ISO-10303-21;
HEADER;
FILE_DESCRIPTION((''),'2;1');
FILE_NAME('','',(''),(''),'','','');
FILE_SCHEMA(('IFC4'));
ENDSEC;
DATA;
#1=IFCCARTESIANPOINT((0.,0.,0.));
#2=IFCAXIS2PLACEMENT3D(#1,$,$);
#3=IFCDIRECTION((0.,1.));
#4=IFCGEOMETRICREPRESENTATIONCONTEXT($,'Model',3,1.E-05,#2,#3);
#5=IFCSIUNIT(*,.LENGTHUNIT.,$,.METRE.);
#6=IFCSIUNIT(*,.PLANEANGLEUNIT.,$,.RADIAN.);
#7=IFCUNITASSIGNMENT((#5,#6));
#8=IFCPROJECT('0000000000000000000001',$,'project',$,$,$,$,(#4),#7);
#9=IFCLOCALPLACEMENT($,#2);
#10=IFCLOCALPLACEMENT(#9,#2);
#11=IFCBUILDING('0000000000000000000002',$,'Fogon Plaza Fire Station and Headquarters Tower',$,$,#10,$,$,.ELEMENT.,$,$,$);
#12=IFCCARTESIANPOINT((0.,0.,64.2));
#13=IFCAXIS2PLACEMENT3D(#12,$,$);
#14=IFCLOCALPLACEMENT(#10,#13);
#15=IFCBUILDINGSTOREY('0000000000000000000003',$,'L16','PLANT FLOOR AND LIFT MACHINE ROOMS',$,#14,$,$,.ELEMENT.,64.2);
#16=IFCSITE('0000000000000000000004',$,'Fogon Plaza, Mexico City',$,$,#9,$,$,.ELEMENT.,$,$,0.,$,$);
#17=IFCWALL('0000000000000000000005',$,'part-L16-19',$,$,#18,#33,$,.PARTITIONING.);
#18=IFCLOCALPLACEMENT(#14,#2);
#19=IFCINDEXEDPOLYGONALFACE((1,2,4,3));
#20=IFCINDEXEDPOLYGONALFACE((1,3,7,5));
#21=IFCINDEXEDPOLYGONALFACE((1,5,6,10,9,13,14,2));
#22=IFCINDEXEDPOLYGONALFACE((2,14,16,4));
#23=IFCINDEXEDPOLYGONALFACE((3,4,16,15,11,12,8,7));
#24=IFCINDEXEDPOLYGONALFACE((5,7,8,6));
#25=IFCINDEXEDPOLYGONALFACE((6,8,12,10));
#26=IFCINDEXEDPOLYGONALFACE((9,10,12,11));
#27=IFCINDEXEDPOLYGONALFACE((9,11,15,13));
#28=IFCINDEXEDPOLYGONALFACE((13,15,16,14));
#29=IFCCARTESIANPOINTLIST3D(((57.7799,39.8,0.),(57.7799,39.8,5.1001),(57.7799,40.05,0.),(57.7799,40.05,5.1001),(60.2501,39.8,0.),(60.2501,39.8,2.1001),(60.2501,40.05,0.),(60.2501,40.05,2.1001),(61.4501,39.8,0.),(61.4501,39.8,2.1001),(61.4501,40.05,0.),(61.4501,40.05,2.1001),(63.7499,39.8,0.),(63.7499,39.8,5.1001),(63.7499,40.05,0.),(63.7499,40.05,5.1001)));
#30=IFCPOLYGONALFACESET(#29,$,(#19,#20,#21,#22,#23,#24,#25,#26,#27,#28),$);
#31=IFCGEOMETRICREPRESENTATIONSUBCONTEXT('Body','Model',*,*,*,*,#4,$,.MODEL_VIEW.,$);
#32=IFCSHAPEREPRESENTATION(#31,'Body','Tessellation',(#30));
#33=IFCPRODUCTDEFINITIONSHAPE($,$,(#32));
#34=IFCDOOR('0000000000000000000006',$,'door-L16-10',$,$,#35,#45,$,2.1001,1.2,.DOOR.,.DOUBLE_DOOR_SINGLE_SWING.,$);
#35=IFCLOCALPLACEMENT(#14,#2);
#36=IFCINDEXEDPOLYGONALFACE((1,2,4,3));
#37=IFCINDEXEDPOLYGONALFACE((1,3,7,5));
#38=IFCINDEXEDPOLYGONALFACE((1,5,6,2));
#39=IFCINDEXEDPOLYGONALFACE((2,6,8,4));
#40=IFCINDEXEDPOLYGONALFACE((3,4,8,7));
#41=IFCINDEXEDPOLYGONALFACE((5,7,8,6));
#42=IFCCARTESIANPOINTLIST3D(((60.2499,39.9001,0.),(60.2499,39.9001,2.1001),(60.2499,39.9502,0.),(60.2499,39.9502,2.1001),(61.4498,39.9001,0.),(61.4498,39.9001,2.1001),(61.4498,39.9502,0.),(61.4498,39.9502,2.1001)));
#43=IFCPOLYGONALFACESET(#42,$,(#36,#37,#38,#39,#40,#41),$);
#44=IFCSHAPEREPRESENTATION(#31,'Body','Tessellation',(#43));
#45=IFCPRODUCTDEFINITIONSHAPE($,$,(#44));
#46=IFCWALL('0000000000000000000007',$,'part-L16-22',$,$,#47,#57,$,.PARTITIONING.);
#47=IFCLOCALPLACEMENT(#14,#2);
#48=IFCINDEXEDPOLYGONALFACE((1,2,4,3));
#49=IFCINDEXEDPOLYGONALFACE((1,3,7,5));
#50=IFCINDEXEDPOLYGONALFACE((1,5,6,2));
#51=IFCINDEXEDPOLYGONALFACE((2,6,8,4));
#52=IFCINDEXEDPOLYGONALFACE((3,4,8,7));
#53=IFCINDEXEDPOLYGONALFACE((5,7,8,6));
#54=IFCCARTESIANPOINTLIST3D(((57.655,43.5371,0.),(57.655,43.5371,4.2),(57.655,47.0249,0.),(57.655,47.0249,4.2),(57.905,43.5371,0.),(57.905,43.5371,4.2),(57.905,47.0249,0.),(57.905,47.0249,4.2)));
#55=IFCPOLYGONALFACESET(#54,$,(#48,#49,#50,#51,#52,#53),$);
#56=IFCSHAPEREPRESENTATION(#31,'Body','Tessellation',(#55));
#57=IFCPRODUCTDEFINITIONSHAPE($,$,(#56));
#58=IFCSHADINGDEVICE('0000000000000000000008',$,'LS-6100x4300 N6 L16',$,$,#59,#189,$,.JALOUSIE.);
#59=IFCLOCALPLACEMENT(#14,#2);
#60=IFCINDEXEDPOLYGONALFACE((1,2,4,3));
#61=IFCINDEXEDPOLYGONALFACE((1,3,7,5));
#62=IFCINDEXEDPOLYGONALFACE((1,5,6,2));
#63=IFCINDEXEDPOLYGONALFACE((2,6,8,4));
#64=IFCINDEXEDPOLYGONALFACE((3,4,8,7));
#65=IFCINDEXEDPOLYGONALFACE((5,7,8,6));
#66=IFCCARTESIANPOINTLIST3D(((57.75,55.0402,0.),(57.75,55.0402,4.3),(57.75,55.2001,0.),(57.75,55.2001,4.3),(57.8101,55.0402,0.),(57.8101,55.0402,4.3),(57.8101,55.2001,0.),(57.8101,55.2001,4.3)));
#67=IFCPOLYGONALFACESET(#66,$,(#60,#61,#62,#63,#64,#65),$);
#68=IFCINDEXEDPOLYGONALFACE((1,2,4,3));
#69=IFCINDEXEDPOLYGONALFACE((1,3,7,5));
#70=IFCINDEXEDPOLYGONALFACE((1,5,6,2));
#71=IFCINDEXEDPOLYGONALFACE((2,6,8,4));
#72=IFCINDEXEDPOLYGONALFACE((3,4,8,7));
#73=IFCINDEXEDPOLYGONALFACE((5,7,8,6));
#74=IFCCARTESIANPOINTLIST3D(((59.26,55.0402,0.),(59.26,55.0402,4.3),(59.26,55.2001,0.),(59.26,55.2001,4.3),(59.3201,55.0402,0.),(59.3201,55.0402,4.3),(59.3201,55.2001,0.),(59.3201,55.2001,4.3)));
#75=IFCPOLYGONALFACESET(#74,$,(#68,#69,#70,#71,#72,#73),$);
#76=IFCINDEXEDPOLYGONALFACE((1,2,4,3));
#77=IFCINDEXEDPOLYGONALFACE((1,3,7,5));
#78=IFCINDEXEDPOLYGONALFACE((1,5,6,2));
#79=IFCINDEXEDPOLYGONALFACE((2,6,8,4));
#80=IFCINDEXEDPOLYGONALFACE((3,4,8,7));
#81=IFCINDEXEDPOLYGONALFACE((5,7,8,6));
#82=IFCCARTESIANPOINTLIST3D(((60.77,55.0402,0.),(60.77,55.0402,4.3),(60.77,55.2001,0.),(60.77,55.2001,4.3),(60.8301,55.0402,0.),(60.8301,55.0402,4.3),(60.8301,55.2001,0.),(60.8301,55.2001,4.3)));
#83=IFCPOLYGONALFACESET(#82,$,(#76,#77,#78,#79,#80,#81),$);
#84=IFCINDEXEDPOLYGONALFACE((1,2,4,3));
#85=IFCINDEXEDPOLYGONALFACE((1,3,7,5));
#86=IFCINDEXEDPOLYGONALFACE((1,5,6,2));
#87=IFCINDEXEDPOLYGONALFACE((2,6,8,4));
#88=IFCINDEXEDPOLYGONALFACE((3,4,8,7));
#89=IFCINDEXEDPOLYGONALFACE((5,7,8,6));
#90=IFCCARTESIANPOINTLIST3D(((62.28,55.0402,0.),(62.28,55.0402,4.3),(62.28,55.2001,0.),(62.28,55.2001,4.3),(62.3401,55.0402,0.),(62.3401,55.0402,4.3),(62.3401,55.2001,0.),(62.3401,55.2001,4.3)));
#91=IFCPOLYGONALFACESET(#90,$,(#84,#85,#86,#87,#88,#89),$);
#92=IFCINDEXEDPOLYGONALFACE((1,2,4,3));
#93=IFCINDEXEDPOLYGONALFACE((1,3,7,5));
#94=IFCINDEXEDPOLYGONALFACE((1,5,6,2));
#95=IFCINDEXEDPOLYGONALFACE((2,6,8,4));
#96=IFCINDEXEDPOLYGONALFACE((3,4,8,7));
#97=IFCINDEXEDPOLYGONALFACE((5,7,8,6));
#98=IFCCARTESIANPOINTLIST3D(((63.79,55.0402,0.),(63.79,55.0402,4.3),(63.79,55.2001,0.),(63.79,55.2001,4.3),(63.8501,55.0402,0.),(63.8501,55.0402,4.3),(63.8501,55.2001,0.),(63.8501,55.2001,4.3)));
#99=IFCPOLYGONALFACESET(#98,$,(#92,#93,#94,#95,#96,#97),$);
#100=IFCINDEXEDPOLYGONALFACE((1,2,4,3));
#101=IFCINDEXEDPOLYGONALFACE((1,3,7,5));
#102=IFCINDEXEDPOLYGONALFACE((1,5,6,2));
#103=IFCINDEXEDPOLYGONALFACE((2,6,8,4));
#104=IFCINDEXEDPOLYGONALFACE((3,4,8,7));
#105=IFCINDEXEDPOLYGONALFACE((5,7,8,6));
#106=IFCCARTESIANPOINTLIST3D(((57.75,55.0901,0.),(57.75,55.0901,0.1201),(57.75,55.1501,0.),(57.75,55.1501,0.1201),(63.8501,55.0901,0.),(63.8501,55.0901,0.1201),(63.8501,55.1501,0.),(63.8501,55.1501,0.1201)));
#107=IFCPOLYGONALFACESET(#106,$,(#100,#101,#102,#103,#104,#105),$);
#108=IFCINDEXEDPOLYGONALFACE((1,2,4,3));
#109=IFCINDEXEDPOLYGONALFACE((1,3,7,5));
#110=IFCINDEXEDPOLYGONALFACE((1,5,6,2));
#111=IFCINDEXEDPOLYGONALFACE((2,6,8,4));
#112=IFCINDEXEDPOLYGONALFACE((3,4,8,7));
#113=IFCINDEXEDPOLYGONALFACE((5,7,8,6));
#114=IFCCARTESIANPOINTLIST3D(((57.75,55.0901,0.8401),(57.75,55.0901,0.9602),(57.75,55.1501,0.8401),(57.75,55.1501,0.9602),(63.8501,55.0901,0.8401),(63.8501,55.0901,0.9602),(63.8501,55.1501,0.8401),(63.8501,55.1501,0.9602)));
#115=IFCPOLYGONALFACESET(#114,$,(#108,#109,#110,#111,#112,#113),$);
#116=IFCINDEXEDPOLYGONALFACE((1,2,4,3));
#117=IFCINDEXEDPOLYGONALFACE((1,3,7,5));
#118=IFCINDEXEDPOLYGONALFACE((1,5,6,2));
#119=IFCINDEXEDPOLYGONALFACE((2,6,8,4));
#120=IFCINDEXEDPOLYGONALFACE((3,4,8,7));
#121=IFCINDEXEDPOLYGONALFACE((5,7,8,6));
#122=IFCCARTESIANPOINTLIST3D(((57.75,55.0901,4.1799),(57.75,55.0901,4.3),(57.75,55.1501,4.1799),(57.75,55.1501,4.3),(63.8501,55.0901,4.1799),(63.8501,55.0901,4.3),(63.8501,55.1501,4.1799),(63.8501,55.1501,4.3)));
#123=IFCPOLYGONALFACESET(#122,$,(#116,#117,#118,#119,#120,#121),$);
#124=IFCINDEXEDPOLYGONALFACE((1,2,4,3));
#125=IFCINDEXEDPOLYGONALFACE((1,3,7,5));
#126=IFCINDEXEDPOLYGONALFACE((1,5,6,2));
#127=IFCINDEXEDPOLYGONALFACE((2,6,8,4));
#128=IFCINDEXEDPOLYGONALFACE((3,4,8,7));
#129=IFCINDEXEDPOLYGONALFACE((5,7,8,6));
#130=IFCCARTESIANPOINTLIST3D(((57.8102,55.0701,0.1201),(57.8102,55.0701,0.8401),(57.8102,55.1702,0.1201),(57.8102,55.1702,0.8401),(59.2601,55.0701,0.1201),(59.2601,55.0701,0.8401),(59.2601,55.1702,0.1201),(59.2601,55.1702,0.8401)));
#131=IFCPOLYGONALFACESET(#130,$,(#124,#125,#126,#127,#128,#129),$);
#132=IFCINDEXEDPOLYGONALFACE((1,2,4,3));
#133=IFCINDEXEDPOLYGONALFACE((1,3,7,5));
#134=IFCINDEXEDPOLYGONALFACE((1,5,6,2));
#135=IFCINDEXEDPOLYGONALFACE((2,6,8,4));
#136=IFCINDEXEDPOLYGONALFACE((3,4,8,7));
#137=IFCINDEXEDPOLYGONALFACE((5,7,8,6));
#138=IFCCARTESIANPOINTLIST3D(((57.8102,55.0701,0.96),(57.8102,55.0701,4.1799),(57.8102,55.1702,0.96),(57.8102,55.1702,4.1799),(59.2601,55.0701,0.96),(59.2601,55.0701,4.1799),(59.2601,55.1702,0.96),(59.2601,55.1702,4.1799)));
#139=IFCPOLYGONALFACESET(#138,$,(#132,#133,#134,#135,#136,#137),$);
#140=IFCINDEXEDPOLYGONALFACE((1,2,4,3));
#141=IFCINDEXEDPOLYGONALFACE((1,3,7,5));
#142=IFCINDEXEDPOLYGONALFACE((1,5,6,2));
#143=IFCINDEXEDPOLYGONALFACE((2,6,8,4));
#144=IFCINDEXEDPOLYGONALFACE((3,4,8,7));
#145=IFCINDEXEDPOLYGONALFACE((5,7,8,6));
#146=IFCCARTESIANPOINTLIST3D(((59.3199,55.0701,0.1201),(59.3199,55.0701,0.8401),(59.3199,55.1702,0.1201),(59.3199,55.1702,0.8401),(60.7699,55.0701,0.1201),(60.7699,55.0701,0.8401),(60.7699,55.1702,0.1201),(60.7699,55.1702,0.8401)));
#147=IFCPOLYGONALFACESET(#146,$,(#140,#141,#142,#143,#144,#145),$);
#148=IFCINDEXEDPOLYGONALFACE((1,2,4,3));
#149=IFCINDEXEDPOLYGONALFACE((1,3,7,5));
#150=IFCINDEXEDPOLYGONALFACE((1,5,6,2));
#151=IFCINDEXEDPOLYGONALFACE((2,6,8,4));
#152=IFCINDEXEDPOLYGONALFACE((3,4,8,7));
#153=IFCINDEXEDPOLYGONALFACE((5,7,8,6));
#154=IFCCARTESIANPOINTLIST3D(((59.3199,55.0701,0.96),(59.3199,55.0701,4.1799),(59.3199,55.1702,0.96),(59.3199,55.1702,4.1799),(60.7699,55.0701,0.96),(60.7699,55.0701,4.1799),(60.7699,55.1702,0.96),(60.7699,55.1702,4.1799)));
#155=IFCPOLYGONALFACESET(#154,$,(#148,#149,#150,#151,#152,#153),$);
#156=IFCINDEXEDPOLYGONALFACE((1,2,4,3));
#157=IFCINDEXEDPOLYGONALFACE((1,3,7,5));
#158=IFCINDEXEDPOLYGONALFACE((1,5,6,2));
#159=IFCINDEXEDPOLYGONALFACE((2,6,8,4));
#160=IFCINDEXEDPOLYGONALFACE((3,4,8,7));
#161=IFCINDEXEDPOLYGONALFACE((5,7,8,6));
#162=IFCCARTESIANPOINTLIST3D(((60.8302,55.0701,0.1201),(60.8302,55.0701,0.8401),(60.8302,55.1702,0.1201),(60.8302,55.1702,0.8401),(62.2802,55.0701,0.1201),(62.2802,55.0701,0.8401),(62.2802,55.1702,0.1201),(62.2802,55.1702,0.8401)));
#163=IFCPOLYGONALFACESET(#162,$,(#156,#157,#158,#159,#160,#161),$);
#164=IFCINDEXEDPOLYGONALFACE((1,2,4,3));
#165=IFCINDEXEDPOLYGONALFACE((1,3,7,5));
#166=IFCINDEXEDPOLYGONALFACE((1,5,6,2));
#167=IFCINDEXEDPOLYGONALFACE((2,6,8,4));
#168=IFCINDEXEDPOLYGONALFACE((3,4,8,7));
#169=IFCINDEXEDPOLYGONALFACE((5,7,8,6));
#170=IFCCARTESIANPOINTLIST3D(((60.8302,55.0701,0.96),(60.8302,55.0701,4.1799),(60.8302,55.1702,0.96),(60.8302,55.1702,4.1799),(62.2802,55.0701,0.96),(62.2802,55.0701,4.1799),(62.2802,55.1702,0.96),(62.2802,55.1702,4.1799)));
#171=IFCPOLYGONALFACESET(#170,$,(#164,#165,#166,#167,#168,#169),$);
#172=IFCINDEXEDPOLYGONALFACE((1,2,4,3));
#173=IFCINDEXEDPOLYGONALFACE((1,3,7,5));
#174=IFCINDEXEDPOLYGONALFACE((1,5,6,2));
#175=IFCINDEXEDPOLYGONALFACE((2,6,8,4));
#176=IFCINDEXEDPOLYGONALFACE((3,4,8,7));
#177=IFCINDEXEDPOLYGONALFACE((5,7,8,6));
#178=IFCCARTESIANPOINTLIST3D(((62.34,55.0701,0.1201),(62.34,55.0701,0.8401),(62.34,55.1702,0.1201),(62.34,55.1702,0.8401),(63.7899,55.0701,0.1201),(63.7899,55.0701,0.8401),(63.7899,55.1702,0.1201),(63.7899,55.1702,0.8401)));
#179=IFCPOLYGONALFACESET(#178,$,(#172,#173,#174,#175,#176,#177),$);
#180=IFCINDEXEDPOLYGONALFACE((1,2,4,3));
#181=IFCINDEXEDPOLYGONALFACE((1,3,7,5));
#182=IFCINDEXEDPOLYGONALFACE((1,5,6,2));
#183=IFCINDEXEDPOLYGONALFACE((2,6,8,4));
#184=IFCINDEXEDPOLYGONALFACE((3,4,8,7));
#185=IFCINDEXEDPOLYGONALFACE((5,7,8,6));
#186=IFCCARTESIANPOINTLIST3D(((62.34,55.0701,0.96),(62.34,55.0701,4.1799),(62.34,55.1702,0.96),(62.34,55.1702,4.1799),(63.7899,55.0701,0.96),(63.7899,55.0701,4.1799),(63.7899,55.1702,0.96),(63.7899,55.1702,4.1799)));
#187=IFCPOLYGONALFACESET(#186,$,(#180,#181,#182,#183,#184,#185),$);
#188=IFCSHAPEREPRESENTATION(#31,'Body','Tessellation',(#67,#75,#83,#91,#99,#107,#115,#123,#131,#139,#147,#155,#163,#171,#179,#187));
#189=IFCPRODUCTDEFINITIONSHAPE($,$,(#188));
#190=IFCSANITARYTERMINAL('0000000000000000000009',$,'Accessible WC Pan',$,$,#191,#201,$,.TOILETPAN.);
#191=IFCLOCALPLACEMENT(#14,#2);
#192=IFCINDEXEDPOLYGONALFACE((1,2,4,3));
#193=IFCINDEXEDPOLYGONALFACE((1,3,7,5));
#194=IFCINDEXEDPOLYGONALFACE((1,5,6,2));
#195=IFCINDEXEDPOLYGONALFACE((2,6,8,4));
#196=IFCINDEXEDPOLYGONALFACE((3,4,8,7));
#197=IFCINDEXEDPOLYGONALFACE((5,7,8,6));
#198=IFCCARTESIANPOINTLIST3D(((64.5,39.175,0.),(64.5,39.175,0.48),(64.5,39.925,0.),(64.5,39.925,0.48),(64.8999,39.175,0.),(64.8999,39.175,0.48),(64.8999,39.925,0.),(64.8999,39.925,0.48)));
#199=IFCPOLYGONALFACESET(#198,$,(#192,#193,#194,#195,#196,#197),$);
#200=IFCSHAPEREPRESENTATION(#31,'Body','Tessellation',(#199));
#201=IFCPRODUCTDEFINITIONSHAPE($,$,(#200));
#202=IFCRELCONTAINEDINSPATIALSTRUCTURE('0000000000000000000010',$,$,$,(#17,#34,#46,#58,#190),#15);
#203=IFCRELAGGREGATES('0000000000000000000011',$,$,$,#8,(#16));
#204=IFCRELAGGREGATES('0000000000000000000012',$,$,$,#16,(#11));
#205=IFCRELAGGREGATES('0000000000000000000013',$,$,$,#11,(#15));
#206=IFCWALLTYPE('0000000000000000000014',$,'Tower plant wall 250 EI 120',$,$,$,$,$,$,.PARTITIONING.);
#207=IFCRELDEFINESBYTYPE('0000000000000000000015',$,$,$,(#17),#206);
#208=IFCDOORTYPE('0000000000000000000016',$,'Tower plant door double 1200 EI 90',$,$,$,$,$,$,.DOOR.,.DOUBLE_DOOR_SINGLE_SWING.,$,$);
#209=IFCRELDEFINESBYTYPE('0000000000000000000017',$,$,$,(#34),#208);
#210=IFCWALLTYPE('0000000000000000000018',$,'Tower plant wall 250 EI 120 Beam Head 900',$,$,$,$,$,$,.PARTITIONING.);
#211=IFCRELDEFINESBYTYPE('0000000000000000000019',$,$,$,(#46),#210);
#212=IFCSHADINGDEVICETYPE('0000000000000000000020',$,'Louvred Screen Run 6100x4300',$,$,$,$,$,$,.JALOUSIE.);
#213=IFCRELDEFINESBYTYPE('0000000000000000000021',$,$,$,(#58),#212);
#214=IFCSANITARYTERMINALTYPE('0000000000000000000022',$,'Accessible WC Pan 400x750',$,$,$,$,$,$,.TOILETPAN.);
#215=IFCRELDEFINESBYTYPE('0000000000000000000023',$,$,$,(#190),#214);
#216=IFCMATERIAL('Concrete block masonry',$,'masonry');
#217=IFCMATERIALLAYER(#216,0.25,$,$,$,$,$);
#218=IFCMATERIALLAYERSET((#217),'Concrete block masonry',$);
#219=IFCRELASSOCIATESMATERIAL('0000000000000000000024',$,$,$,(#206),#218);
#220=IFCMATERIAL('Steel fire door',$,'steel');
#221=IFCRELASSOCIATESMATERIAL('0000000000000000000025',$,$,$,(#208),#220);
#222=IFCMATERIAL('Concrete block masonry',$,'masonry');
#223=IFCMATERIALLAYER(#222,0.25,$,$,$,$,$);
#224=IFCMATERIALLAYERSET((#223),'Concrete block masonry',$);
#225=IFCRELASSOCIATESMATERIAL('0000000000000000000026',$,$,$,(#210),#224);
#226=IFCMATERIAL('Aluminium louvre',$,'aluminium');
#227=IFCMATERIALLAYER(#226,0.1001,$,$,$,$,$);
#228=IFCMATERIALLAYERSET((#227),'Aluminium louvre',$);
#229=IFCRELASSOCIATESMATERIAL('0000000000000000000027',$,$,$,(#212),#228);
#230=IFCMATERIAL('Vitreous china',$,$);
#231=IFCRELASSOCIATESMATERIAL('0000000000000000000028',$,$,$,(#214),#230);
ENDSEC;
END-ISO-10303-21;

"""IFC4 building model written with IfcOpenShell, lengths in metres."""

from ifc_helpers import new_model, si_unit, direction, frame, frame_2d, origin, origin_2d, place, context, subcontext, project, spatial, rectangle, extrude, material, layer, layer_set, type_object, element, fill, save


model = new_model("IFC4")

# Units and contexts
model_context = context("Model", 3, precision=1e-05, world=origin(), true_north=direction((0.0, 1.0)))
body_context = subcontext(model_context, "Body", "Model", "MODEL_VIEW")
ifc_project = project(units=[si_unit("LENGTHUNIT", "METRE"), si_unit("PLANEANGLEUNIT", "RADIAN")], contexts=[model_context])

# Site, building, storey
site_placement = place(None, origin())
site = spatial("IfcSite", under=ifc_project, at=site_placement, Name="Fogon Plaza, Mexico City", CompositionType="ELEMENT", RefElevation=0.0)
building_placement = place(site_placement, origin())
building = spatial("IfcBuilding", under=site, at=building_placement, Name="Fogon Plaza Fire Station and Headquarters Tower", CompositionType="ELEMENT")
storey_placement = place(building_placement, frame((0.0, 0.0, 64.2)))
storey = spatial("IfcBuildingStorey", under=building, at=storey_placement, Name="L16", Description="PLANT FLOOR AND LIFT MACHINE ROOMS", CompositionType="ELEMENT", Elevation=64.2)

# Wall, opening, door
ifc_material_1 = material(Name="Concrete block masonry", Category="masonry")
ifc_layer_1 = layer(ifc_material_1, 0.25)
ifc_layer_set_1 = layer_set([ifc_layer_1], Name="Concrete block masonry")
wall_type_1 = type_object("IfcWallType", Name="Tower plant wall 250 EI 120", PredefinedType="PARTITIONING", material=ifc_layer_set_1)
wall_1_placement = place(storey_placement, frame((57.78, 39.925, 0.0), z_axis=(0.0, 0.0, 1.0), x_axis=(1.0, 0.0, 0.0)))
wall_1 = element("IfcWall", 1, at=wall_1_placement, inside=storey, type_object=wall_type_1, Name="part-L16-19", PredefinedType="PARTITIONING", context=body_context, shape_type="SweptSolid", body=[
    extrude(rectangle(XDim=5.97, YDim=0.25, at=frame_2d((2.9849, 0.0))), origin(), (0.0, 0.0, 1.0), 5.1001),
])
opening_1_placement = place(wall_1_placement, frame((2.47, 0.0, 0.0)))
opening_1 = element("IfcOpeningElement", 2, at=opening_1_placement, cuts=wall_1, PredefinedType="OPENING", context=body_context, shape_type="SweptSolid", body=[
    extrude(rectangle(XDim=1.2, YDim=2.1001, at=frame_2d((0.6001, 1.05))), frame((0.0, 0.135, 0.0), z_axis=(0.0, -1.0, 0.0), x_axis=(1.0, 0.0, 0.0)), (0.0, 0.0, 1.0), 0.27),
])
ifc_material_2 = material(Name="Steel fire door", Category="steel")
door_type_1 = type_object("IfcDoorType", Name="Tower plant door double 1200 EI 90", OperationType="DOUBLE_DOOR_SINGLE_SWING", PredefinedType="DOOR", material=ifc_material_2)
door_1_placement = place(opening_1_placement, frame((1.2, 0.0, 0.0), z_axis=(0.0, 0.0, 1.0), x_axis=(-1.0, 0.0, 0.0)))
door_1 = element("IfcDoor", 3, at=door_1_placement, inside=storey, type_object=door_type_1, Name="door-L16-10", OperationType="DOUBLE_DOOR_SINGLE_SWING", OverallHeight=2.1001, OverallWidth=1.2, PredefinedType="DOOR", context=body_context, shape_type="SweptSolid", body=[
    extrude(rectangle(XDim=1.2, YDim=2.1001, at=frame_2d((0.6001, 1.05))), frame((0.0, 0.0249, 0.0), z_axis=(0.0, -1.0, 0.0), x_axis=(1.0, 0.0, 0.0)), (0.0, 0.0, 1.0), 0.05),
])
fill(opening_1, door_1)

# Wall
ifc_material_3 = material(Name="Concrete block masonry", Category="masonry")
ifc_layer_2 = layer(ifc_material_3, 0.25)
ifc_layer_set_2 = layer_set([ifc_layer_2], Name="Concrete block masonry")
wall_type_2 = type_object("IfcWallType", Name="Tower plant wall 250 EI 120 Beam Head 900", PredefinedType="PARTITIONING", material=ifc_layer_set_2)
wall_2_placement = place(storey_placement, frame((57.78, 43.5371, 0.0), z_axis=(0.0, 0.0, 1.0), x_axis=(0.0, 1.0, 0.0)))
element("IfcWall", 4, at=wall_2_placement, inside=storey, type_object=wall_type_2, Name="part-L16-22", PredefinedType="PARTITIONING", context=body_context, shape_type="SweptSolid", body=[
    extrude(rectangle(XDim=3.4878, YDim=0.25, at=frame_2d((1.7439, 0.0))), origin(), (0.0, 0.0, 1.0), 4.2),
])

# Shading device
ifc_material_4 = material(Name="Aluminium louvre", Category="aluminium")
ifc_layer_3 = layer(ifc_material_4, 0.1001)
ifc_layer_set_3 = layer_set([ifc_layer_3], Name="Aluminium louvre")
shading_device_type = type_object("IfcShadingDeviceType", Name="Louvred Screen Run 6100x4300", PredefinedType="JALOUSIE", material=ifc_layer_set_3)
shading_device_placement = place(storey_placement, frame((57.75, 55.1201, 0.0), z_axis=(0.0, 0.0, 1.0), x_axis=(1.0, 0.0, 0.0)))
element("IfcShadingDevice", 5, at=shading_device_placement, inside=storey, type_object=shading_device_type, Name="LS-6100x4300 N6 L16", PredefinedType="JALOUSIE", context=body_context, shape_type="SweptSolid", body=[
    extrude(rectangle(XDim=0.0601, YDim=0.1599, at=origin_2d()), frame((0.03, 0.0, 0.0), z_axis=(0.0, 0.0, 1.0), x_axis=(1.0, 0.0, 0.0)), (0.0, 0.0, 1.0), 4.3),
    extrude(rectangle(XDim=0.0601, YDim=0.1599, at=origin_2d()), frame((1.54, 0.0, 0.0), z_axis=(0.0, 0.0, 1.0), x_axis=(1.0, 0.0, 0.0)), (0.0, 0.0, 1.0), 4.3),
    extrude(rectangle(XDim=0.0601, YDim=0.1599, at=origin_2d()), frame((3.05, 0.0, 0.0), z_axis=(0.0, 0.0, 1.0), x_axis=(1.0, 0.0, 0.0)), (0.0, 0.0, 1.0), 4.3),
    extrude(rectangle(XDim=0.0601, YDim=0.1599, at=origin_2d()), frame((4.5601, 0.0, 0.0), z_axis=(0.0, 0.0, 1.0), x_axis=(1.0, 0.0, 0.0)), (0.0, 0.0, 1.0), 4.3),
    extrude(rectangle(XDim=0.0601, YDim=0.1599, at=origin_2d()), frame((6.0701, 0.0, 0.0), z_axis=(0.0, 0.0, 1.0), x_axis=(1.0, 0.0, 0.0)), (0.0, 0.0, 1.0), 4.3),
    extrude(rectangle(XDim=0.1201, YDim=0.0601, at=origin_2d()), frame((0.0, 0.0, 0.0601), z_axis=(1.0, 0.0, 0.0), x_axis=(0.0, 0.0, 1.0)), (0.0, 0.0, 1.0), 6.1001),
    extrude(rectangle(XDim=0.1201, YDim=0.0601, at=origin_2d()), frame((0.0, 0.0, 0.9001), z_axis=(1.0, 0.0, 0.0), x_axis=(0.0, 0.0, 1.0)), (0.0, 0.0, 1.0), 6.1001),
    extrude(rectangle(XDim=0.1201, YDim=0.0601, at=origin_2d()), frame((0.0, 0.0, 4.24), z_axis=(1.0, 0.0, 0.0), x_axis=(0.0, 0.0, 1.0)), (0.0, 0.0, 1.0), 6.1001),
    extrude(rectangle(XDim=1.45, YDim=0.1001, at=origin_2d()), frame((0.7852, 0.0, 0.1201), z_axis=(0.0, 0.0, 1.0), x_axis=(1.0, 0.0, 0.0)), (0.0, 0.0, 1.0), 0.72),
    extrude(rectangle(XDim=1.45, YDim=0.1001, at=origin_2d()), frame((0.7852, 0.0, 0.96), z_axis=(0.0, 0.0, 1.0), x_axis=(1.0, 0.0, 0.0)), (0.0, 0.0, 1.0), 3.22),
    extrude(rectangle(XDim=1.45, YDim=0.1001, at=origin_2d()), frame((2.2949, 0.0, 0.1201), z_axis=(0.0, 0.0, 1.0), x_axis=(1.0, 0.0, 0.0)), (0.0, 0.0, 1.0), 0.72),
    extrude(rectangle(XDim=1.45, YDim=0.1001, at=origin_2d()), frame((2.2949, 0.0, 0.96), z_axis=(0.0, 0.0, 1.0), x_axis=(1.0, 0.0, 0.0)), (0.0, 0.0, 1.0), 3.22),
    extrude(rectangle(XDim=1.45, YDim=0.1001, at=origin_2d()), frame((3.8052, 0.0, 0.1201), z_axis=(0.0, 0.0, 1.0), x_axis=(1.0, 0.0, 0.0)), (0.0, 0.0, 1.0), 0.72),
    extrude(rectangle(XDim=1.45, YDim=0.1001, at=origin_2d()), frame((3.8052, 0.0, 0.96), z_axis=(0.0, 0.0, 1.0), x_axis=(1.0, 0.0, 0.0)), (0.0, 0.0, 1.0), 3.22),
    extrude(rectangle(XDim=1.45, YDim=0.1001, at=origin_2d()), frame((5.3149, 0.0, 0.1201), z_axis=(0.0, 0.0, 1.0), x_axis=(1.0, 0.0, 0.0)), (0.0, 0.0, 1.0), 0.72),
    extrude(rectangle(XDim=1.45, YDim=0.1001, at=origin_2d()), frame((5.3149, 0.0, 0.96), z_axis=(0.0, 0.0, 1.0), x_axis=(1.0, 0.0, 0.0)), (0.0, 0.0, 1.0), 3.22),
])

# Sanitary terminal
ifc_material_5 = material(Name="Vitreous china")
sanitary_terminal_type_1 = type_object("IfcSanitaryTerminalType", Name="Accessible WC Pan 400x750", PredefinedType="TOILETPAN", material=ifc_material_5)
sanitary_terminal_placement = place(storey_placement, frame((64.7, 39.55, 0.0), z_axis=(0.0, 0.0, 1.0), x_axis=(1.0, 0.0, 0.0)))
element("IfcSanitaryTerminal", 6, at=sanitary_terminal_placement, inside=storey, type_object=sanitary_terminal_type_1, Name="Accessible WC Pan", PredefinedType="TOILETPAN", context=body_context, shape_type="SweptSolid", body=[
    extrude(rectangle(XDim=0.3999, YDim=0.75, at=origin_2d()), origin(), (0.0, 0.0, 1.0), 0.48),
])

save(model, "model.ifc")
